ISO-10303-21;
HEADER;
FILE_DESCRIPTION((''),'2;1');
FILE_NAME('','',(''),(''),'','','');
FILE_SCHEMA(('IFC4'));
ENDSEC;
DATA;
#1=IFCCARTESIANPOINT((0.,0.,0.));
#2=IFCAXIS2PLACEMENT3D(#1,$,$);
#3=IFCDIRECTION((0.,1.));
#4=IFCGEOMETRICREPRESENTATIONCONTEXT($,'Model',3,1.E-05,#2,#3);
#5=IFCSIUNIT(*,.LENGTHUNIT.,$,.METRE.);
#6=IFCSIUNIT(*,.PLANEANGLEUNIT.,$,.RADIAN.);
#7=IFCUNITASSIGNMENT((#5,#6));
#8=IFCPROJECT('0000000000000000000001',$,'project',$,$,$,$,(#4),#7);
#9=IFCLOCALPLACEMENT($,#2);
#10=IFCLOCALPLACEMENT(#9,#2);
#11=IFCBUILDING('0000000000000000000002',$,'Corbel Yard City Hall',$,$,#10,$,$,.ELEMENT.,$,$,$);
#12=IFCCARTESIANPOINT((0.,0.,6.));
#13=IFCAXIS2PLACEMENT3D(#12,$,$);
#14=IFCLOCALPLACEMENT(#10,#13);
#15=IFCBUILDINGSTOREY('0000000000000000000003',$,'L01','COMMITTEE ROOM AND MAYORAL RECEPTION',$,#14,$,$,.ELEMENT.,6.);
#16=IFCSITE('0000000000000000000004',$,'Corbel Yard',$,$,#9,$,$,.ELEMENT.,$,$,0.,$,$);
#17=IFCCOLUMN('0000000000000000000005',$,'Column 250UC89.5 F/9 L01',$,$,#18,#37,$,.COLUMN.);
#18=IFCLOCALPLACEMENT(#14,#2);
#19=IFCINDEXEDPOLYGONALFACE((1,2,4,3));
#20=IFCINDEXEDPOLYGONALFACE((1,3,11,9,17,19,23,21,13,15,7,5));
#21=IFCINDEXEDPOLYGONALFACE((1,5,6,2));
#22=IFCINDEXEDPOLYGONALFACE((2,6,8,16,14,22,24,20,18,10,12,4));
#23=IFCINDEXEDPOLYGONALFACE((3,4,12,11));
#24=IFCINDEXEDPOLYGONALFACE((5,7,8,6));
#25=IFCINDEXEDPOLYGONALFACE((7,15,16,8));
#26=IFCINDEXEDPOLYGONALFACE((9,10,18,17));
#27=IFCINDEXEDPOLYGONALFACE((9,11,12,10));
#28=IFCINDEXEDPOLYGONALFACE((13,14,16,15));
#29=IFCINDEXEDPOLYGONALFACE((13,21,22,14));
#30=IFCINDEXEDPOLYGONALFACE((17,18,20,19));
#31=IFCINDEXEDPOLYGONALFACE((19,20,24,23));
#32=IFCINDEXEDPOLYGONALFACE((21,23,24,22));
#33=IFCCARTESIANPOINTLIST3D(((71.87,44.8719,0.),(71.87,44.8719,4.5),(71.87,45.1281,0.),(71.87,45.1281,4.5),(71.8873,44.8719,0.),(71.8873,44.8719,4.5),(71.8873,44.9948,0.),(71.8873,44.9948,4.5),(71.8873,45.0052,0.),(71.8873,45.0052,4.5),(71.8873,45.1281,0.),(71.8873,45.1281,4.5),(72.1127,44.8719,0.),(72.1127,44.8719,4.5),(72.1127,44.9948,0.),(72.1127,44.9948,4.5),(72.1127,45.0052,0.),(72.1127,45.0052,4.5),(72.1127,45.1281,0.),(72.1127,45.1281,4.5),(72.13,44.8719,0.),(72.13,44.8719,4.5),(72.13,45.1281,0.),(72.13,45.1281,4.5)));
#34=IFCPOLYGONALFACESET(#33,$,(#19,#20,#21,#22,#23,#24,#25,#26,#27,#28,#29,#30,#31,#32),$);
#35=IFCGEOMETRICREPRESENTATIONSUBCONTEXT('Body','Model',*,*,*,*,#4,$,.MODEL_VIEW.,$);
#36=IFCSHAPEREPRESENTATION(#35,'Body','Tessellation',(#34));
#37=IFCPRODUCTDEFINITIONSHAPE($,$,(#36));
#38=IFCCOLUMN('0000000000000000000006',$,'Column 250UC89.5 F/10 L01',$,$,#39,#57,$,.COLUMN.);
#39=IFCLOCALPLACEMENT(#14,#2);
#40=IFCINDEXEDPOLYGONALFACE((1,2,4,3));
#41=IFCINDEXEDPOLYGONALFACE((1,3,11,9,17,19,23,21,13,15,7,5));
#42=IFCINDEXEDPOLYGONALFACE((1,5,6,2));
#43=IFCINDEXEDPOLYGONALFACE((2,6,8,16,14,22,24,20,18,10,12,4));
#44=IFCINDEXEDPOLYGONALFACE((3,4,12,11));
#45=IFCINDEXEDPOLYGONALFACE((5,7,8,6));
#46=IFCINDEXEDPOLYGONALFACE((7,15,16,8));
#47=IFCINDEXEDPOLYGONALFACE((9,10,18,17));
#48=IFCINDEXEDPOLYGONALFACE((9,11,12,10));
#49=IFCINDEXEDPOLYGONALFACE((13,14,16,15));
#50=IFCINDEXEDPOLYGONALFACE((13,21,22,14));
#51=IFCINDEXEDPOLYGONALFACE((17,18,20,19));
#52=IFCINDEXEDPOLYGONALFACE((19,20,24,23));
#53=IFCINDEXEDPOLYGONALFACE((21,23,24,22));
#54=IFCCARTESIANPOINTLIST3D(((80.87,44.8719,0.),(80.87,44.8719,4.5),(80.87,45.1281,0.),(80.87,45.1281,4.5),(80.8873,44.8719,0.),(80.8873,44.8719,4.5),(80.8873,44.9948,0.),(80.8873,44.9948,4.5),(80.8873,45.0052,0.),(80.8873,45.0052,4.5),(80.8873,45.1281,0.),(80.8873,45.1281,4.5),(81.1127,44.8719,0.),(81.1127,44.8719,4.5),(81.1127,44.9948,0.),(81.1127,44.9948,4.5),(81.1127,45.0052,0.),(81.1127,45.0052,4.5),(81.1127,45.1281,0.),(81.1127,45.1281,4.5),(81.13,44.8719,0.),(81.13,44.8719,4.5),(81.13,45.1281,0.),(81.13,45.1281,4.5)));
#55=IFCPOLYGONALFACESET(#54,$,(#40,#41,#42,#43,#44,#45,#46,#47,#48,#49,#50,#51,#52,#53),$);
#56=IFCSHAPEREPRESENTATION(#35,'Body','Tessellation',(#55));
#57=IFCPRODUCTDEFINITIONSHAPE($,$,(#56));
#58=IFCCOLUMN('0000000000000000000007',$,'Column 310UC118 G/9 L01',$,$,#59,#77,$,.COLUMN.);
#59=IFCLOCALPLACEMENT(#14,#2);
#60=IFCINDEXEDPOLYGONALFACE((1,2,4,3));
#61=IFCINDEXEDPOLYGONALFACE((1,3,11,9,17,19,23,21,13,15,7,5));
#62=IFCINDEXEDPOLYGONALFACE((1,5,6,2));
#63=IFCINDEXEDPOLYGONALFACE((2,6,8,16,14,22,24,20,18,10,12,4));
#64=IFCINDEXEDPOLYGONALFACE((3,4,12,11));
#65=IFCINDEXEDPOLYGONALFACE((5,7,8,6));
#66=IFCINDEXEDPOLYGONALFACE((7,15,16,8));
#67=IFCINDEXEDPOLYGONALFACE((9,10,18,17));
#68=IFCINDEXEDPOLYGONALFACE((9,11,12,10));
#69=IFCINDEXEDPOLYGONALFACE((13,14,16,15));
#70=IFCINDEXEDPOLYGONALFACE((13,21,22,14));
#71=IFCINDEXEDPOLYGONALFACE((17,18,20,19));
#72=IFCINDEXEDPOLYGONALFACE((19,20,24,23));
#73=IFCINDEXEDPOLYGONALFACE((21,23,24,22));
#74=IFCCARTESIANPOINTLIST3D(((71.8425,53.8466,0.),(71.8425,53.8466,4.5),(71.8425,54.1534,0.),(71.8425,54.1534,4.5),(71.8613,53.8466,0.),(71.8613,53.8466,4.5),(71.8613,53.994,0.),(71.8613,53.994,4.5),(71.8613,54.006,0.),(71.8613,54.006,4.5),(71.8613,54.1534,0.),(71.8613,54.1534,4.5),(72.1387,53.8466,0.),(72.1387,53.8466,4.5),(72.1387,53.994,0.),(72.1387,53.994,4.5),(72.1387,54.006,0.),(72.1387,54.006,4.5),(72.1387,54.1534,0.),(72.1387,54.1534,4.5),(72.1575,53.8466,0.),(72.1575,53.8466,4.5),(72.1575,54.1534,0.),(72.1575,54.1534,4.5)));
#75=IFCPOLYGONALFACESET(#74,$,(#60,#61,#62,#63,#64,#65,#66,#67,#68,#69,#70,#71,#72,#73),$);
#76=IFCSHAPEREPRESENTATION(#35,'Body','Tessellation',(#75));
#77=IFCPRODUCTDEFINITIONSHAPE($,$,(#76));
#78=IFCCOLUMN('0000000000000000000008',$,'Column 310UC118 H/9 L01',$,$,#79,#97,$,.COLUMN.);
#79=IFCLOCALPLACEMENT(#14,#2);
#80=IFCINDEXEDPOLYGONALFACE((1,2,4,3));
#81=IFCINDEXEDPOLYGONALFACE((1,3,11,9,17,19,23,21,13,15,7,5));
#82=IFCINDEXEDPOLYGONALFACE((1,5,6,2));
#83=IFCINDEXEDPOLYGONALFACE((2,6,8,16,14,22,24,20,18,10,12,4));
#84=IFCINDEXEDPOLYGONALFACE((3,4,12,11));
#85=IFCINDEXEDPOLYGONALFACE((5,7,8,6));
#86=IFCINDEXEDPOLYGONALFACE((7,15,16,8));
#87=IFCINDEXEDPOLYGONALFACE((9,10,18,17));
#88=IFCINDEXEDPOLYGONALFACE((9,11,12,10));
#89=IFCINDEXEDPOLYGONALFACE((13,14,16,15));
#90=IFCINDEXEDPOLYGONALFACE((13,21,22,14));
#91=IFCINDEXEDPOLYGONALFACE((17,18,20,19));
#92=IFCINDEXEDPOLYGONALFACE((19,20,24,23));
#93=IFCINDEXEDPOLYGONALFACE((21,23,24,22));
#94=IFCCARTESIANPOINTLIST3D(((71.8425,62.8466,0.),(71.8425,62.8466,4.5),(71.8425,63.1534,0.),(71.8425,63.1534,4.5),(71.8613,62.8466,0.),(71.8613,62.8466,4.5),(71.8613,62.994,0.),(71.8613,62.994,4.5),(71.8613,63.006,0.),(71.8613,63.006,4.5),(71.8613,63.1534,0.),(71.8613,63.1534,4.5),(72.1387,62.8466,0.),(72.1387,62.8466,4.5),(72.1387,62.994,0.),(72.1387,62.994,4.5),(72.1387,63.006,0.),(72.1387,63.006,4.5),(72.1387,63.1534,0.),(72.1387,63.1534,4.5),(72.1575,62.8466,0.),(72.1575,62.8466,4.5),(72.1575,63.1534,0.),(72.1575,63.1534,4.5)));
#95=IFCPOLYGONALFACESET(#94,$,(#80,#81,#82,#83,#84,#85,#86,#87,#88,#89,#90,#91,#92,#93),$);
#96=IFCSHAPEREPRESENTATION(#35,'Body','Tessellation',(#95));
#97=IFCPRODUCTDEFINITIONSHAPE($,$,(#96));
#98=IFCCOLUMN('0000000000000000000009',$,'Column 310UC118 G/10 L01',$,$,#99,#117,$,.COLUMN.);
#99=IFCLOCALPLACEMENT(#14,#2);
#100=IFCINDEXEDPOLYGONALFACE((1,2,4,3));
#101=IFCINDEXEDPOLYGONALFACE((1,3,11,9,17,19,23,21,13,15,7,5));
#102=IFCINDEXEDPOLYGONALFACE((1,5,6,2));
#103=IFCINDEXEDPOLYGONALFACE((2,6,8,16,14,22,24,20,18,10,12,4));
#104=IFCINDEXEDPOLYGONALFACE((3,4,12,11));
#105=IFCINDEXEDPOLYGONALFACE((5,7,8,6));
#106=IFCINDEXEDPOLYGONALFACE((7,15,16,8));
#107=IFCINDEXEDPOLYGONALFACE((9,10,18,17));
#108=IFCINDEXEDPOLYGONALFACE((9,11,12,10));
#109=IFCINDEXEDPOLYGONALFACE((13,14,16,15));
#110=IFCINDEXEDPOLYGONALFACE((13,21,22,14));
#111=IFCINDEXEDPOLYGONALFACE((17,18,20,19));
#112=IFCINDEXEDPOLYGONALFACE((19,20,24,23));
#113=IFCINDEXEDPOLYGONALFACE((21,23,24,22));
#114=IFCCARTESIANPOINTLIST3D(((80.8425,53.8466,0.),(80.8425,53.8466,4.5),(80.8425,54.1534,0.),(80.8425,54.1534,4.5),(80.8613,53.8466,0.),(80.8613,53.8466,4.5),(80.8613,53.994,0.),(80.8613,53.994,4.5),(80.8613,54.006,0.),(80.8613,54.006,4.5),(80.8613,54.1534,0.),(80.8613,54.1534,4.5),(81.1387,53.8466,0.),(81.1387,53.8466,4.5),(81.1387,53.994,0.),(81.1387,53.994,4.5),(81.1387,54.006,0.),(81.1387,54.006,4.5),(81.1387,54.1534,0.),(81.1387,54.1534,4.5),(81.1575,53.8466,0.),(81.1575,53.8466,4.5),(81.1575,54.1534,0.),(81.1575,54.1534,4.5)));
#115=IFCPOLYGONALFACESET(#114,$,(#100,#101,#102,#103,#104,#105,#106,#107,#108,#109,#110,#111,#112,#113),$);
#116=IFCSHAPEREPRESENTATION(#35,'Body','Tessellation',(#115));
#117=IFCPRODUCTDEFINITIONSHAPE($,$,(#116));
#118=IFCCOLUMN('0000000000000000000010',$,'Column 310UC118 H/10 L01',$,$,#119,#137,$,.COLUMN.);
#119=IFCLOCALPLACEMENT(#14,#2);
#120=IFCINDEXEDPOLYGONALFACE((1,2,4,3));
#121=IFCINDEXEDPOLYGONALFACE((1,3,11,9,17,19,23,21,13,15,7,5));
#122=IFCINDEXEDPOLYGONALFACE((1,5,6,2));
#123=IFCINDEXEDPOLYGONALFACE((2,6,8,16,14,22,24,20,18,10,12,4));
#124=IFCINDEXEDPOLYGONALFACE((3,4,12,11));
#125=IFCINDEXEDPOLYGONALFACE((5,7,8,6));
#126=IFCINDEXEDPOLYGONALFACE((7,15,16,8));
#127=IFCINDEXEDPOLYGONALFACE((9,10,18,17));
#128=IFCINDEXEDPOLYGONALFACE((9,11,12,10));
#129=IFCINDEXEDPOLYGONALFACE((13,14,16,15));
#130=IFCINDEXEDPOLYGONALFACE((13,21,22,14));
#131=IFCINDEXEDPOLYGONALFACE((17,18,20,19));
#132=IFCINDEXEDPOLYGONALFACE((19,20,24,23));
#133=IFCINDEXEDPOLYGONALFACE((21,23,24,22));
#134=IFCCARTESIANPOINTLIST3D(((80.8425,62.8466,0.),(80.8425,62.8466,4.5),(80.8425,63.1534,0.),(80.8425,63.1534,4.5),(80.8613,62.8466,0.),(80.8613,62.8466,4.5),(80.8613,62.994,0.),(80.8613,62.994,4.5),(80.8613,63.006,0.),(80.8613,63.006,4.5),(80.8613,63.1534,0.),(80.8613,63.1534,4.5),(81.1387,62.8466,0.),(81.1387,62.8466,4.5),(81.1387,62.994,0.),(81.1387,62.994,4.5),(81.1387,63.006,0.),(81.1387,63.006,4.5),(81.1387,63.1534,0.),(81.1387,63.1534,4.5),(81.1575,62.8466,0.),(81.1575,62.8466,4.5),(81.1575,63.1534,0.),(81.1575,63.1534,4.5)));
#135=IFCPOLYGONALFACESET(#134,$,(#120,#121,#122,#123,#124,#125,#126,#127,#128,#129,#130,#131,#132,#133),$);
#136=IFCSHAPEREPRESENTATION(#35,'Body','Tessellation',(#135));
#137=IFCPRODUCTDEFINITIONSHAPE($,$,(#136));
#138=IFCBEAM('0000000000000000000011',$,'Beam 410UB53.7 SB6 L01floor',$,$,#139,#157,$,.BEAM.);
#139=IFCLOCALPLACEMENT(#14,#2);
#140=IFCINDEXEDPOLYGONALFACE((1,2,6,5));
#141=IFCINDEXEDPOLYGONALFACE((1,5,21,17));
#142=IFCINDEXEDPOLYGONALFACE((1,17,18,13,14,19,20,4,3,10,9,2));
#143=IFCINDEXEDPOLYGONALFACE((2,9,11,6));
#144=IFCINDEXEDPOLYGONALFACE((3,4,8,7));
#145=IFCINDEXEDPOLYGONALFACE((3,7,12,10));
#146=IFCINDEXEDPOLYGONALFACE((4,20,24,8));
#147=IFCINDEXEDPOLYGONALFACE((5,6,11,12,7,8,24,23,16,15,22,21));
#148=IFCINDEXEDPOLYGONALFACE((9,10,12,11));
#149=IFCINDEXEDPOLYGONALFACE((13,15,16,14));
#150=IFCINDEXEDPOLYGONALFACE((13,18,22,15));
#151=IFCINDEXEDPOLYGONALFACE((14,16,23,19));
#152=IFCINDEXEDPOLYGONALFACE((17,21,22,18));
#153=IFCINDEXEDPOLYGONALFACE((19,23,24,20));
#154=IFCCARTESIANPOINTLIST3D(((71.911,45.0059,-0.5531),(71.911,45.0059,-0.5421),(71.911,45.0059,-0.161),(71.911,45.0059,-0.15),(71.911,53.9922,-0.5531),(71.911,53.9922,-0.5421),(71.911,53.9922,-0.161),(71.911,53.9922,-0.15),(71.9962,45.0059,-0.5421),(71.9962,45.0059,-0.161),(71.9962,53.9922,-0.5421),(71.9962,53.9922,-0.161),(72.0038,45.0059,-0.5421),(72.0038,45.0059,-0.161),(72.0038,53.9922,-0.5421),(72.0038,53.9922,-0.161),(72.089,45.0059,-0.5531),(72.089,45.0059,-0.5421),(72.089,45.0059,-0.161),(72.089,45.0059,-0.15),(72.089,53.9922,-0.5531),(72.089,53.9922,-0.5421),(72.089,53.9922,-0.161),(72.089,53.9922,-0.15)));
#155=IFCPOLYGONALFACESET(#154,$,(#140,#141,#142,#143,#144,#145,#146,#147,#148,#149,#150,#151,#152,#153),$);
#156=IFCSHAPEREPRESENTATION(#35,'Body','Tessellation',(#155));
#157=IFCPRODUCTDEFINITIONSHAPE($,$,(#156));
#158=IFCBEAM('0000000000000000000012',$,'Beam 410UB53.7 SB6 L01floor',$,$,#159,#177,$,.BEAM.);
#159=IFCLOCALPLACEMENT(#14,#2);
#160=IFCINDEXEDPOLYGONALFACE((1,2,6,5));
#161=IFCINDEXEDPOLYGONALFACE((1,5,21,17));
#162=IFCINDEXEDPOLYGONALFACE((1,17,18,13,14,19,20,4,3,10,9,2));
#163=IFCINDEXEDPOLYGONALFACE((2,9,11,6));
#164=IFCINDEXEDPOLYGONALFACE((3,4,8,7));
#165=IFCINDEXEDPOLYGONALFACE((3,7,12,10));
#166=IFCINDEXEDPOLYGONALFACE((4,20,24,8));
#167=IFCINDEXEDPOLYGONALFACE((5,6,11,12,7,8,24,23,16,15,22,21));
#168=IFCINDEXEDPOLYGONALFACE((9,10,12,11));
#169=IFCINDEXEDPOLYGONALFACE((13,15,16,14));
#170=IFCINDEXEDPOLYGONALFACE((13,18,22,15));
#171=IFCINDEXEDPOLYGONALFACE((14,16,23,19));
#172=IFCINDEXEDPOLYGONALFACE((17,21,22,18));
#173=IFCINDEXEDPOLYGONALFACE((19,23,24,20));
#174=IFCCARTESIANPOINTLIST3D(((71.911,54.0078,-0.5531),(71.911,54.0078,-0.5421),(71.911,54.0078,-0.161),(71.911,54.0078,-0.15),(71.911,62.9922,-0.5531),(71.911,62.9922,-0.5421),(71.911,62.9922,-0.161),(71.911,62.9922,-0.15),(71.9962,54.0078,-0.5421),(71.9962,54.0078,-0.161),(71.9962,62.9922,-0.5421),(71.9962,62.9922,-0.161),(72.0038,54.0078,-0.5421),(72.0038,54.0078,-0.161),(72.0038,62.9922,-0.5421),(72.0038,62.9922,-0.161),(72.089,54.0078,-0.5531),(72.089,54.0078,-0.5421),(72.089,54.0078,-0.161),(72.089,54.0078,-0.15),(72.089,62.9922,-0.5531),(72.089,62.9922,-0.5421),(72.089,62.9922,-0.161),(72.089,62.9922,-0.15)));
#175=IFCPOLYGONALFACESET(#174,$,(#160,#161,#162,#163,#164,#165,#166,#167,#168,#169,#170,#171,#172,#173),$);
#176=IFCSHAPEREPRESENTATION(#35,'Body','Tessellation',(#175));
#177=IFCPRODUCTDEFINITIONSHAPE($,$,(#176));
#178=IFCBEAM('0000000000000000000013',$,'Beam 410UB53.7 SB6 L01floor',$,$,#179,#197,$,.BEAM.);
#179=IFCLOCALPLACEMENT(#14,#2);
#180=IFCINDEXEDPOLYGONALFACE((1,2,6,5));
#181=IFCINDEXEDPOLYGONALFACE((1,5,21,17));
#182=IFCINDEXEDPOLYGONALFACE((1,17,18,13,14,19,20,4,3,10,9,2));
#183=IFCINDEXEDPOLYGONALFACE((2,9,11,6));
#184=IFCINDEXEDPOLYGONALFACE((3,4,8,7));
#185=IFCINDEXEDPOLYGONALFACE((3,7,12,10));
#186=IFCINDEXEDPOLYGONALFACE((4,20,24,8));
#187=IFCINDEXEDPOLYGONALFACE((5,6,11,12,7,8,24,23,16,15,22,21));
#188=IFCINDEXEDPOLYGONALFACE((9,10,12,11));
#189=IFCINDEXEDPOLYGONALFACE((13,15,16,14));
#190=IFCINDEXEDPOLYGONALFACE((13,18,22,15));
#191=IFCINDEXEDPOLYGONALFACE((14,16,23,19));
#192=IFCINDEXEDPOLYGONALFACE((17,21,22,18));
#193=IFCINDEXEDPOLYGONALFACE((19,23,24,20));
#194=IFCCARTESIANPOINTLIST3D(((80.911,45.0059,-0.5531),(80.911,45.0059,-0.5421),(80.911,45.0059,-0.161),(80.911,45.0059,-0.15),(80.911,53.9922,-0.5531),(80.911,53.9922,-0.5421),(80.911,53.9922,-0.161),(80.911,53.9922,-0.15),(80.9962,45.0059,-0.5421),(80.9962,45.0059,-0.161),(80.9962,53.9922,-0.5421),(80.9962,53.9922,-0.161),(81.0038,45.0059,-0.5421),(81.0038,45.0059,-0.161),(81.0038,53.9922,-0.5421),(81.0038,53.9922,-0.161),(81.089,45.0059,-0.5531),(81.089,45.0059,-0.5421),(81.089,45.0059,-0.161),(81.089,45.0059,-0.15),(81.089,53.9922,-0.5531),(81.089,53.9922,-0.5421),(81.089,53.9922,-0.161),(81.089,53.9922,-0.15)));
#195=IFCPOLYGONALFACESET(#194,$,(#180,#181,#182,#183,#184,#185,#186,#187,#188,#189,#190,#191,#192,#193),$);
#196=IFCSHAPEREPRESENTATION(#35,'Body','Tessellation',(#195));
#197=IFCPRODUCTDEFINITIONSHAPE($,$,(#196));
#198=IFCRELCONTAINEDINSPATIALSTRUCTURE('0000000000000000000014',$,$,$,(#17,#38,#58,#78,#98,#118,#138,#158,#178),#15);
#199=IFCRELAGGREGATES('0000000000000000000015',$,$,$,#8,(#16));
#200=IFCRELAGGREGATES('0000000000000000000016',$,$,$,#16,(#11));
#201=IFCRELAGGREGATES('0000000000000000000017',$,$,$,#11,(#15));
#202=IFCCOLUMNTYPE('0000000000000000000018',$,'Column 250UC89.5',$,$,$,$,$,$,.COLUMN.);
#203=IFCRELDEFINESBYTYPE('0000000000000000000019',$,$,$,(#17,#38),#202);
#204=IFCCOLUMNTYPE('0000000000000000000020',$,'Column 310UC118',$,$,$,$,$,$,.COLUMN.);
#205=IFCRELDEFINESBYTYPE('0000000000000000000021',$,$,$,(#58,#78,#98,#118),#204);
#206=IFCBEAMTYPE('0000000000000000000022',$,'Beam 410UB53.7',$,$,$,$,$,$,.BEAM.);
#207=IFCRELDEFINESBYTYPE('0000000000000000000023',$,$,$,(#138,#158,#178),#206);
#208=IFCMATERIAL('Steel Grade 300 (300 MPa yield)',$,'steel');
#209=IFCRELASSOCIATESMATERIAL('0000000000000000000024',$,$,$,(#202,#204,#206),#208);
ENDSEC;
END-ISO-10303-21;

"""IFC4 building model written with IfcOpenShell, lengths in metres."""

from ifc_helpers import new_model, si_unit, direction, frame, origin, origin_2d, place, context, subcontext, project, spatial, i_section, extrude, material, material_profile, profile_set, type_object, element, save


model = new_model("IFC4")

# Units and contexts
model_context = context("Model", 3, precision=1e-05, world=origin(), true_north=direction((0.0, 1.0)))
body_context = subcontext(model_context, "Body", "Model", "MODEL_VIEW")
ifc_project = project(units=[si_unit("LENGTHUNIT", "METRE"), si_unit("PLANEANGLEUNIT", "RADIAN")], contexts=[model_context])

# Site, building, storey
site_placement = place(None, origin())
site = spatial("IfcSite", under=ifc_project, at=site_placement, Name="Corbel Yard", CompositionType="ELEMENT", RefElevation=0.0)
building_placement = place(site_placement, origin())
building = spatial("IfcBuilding", under=site, at=building_placement, Name="Corbel Yard City Hall", CompositionType="ELEMENT")
storey_placement = place(building_placement, frame((0.0, 0.0, 6.0)))
storey = spatial("IfcBuildingStorey", under=building, at=storey_placement, Name="L01", Description="COMMITTEE ROOM AND MAYORAL RECEPTION", CompositionType="ELEMENT", Elevation=6.0)

# Columns
ifc_material_1 = material(Name="Steel Grade 300 (300 MPa yield)", Category="steel")
ifc_material_profile_1 = material_profile(ifc_material_1, i_section(OverallWidth=0.2561, OverallDepth=0.26, WebThickness=0.0105, FlangeThickness=0.0173, at=origin_2d()), Name="250UC89.5")
ifc_profile_set_1 = profile_set([ifc_material_profile_1], Name="Steel Grade 300 (300 MPa yield)")
column_type_1 = type_object("IfcColumnType", Name="Column 250UC89.5", PredefinedType="COLUMN", material=ifc_profile_set_1)
for number, where, z_axis, x_axis, name in (
    (1, (72.0, 45.0, 0.0), (0.0, 0.0, 1.0), (0.0, 1.0, 0.0), "Column 250UC89.5 F/9 L01"),
    (2, (81.0, 45.0, 0.0), (0.0, 0.0, 1.0), (0.0, 1.0, 0.0), "Column 250UC89.5 F/10 L01"),
):
    element("IfcColumn", number, at=place(storey_placement, frame(where, z_axis=z_axis, x_axis=x_axis)), inside=storey, type_object=column_type_1, Name=name, PredefinedType="COLUMN", context=body_context, shape_type="SweptSolid", body=[
        extrude(i_section(OverallWidth=0.2561, OverallDepth=0.26, WebThickness=0.0105, FlangeThickness=0.0173, at=origin_2d()), origin(), (0.0, 0.0, 1.0), 4.5),
    ])
ifc_material_profile_2 = material_profile(ifc_material_1, i_section(OverallWidth=0.3069, OverallDepth=0.3149, WebThickness=0.012, FlangeThickness=0.0188, at=origin_2d()), Name="310UC118")
ifc_profile_set_2 = profile_set([ifc_material_profile_2], Name="Steel Grade 300 (300 MPa yield)")
column_type_2 = type_object("IfcColumnType", Name="Column 310UC118", PredefinedType="COLUMN", material=ifc_profile_set_2)
for number, where, z_axis, x_axis, name in (
    (3, (72.0, 54.0, 0.0), (0.0, 0.0, 1.0), (0.0, 1.0, 0.0), "Column 310UC118 G/9 L01"),
    (4, (72.0, 63.0, 0.0), (0.0, 0.0, 1.0), (0.0, 1.0, 0.0), "Column 310UC118 H/9 L01"),
    (5, (81.0, 54.0, 0.0), (0.0, 0.0, 1.0), (0.0, 1.0, 0.0), "Column 310UC118 G/10 L01"),
    (6, (81.0, 63.0, 0.0), (0.0, 0.0, 1.0), (0.0, 1.0, 0.0), "Column 310UC118 H/10 L01"),
):
    element("IfcColumn", number, at=place(storey_placement, frame(where, z_axis=z_axis, x_axis=x_axis)), inside=storey, type_object=column_type_2, Name=name, PredefinedType="COLUMN", context=body_context, shape_type="SweptSolid", body=[
        extrude(i_section(OverallWidth=0.3069, OverallDepth=0.3149, WebThickness=0.012, FlangeThickness=0.0188, at=origin_2d()), origin(), (0.0, 0.0, 1.0), 4.5),
    ])

# Beams
ifc_material_profile_3 = material_profile(ifc_material_1, i_section(OverallWidth=0.178, OverallDepth=0.4031, WebThickness=0.0076, FlangeThickness=0.011, at=origin_2d()), Name="410UB53.7")
ifc_profile_set_3 = profile_set([ifc_material_profile_3], Name="Steel Grade 300 (300 MPa yield)")
beam_type_1 = type_object("IfcBeamType", Name="Beam 410UB53.7", PredefinedType="BEAM", material=ifc_profile_set_3)
beam_1_placement = place(storey_placement, frame((72.0, 45.0059, -0.3516), z_axis=(0.0, 1.0, 0.0), x_axis=(-1.0, 0.0, 0.0)))
element("IfcBeam", 7, at=beam_1_placement, inside=storey, type_object=beam_type_1, Name="Beam 410UB53.7 SB6 L01floor", PredefinedType="BEAM", context=body_context, shape_type="SweptSolid", body=[
    extrude(i_section(OverallWidth=0.178, OverallDepth=0.4031, WebThickness=0.0076, FlangeThickness=0.011, at=origin_2d()), origin(), (0.0, 0.0, 1.0), 8.9863),
])
beam_2_placement = place(storey_placement, frame((72.0, 54.0078, -0.3516), z_axis=(0.0, 1.0, 0.0), x_axis=(-1.0, 0.0, 0.0)))
element("IfcBeam", 8, at=beam_2_placement, inside=storey, type_object=beam_type_1, Name="Beam 410UB53.7 SB6 L01floor", PredefinedType="BEAM", context=body_context, shape_type="SweptSolid", body=[
    extrude(i_section(OverallWidth=0.178, OverallDepth=0.4031, WebThickness=0.0076, FlangeThickness=0.011, at=origin_2d()), origin(), (0.0, 0.0, 1.0), 8.9844),
])
beam_3_placement = place(storey_placement, frame((81.0, 45.0059, -0.3516), z_axis=(0.0, 1.0, 0.0), x_axis=(-1.0, 0.0, 0.0)))
element("IfcBeam", 9, at=beam_3_placement, inside=storey, type_object=beam_type_1, Name="Beam 410UB53.7 SB6 L01floor", PredefinedType="BEAM", context=body_context, shape_type="SweptSolid", body=[
    extrude(i_section(OverallWidth=0.178, OverallDepth=0.4031, WebThickness=0.0076, FlangeThickness=0.011, at=origin_2d()), origin(), (0.0, 0.0, 1.0), 8.9863),
])

save(model, "model.ifc")
